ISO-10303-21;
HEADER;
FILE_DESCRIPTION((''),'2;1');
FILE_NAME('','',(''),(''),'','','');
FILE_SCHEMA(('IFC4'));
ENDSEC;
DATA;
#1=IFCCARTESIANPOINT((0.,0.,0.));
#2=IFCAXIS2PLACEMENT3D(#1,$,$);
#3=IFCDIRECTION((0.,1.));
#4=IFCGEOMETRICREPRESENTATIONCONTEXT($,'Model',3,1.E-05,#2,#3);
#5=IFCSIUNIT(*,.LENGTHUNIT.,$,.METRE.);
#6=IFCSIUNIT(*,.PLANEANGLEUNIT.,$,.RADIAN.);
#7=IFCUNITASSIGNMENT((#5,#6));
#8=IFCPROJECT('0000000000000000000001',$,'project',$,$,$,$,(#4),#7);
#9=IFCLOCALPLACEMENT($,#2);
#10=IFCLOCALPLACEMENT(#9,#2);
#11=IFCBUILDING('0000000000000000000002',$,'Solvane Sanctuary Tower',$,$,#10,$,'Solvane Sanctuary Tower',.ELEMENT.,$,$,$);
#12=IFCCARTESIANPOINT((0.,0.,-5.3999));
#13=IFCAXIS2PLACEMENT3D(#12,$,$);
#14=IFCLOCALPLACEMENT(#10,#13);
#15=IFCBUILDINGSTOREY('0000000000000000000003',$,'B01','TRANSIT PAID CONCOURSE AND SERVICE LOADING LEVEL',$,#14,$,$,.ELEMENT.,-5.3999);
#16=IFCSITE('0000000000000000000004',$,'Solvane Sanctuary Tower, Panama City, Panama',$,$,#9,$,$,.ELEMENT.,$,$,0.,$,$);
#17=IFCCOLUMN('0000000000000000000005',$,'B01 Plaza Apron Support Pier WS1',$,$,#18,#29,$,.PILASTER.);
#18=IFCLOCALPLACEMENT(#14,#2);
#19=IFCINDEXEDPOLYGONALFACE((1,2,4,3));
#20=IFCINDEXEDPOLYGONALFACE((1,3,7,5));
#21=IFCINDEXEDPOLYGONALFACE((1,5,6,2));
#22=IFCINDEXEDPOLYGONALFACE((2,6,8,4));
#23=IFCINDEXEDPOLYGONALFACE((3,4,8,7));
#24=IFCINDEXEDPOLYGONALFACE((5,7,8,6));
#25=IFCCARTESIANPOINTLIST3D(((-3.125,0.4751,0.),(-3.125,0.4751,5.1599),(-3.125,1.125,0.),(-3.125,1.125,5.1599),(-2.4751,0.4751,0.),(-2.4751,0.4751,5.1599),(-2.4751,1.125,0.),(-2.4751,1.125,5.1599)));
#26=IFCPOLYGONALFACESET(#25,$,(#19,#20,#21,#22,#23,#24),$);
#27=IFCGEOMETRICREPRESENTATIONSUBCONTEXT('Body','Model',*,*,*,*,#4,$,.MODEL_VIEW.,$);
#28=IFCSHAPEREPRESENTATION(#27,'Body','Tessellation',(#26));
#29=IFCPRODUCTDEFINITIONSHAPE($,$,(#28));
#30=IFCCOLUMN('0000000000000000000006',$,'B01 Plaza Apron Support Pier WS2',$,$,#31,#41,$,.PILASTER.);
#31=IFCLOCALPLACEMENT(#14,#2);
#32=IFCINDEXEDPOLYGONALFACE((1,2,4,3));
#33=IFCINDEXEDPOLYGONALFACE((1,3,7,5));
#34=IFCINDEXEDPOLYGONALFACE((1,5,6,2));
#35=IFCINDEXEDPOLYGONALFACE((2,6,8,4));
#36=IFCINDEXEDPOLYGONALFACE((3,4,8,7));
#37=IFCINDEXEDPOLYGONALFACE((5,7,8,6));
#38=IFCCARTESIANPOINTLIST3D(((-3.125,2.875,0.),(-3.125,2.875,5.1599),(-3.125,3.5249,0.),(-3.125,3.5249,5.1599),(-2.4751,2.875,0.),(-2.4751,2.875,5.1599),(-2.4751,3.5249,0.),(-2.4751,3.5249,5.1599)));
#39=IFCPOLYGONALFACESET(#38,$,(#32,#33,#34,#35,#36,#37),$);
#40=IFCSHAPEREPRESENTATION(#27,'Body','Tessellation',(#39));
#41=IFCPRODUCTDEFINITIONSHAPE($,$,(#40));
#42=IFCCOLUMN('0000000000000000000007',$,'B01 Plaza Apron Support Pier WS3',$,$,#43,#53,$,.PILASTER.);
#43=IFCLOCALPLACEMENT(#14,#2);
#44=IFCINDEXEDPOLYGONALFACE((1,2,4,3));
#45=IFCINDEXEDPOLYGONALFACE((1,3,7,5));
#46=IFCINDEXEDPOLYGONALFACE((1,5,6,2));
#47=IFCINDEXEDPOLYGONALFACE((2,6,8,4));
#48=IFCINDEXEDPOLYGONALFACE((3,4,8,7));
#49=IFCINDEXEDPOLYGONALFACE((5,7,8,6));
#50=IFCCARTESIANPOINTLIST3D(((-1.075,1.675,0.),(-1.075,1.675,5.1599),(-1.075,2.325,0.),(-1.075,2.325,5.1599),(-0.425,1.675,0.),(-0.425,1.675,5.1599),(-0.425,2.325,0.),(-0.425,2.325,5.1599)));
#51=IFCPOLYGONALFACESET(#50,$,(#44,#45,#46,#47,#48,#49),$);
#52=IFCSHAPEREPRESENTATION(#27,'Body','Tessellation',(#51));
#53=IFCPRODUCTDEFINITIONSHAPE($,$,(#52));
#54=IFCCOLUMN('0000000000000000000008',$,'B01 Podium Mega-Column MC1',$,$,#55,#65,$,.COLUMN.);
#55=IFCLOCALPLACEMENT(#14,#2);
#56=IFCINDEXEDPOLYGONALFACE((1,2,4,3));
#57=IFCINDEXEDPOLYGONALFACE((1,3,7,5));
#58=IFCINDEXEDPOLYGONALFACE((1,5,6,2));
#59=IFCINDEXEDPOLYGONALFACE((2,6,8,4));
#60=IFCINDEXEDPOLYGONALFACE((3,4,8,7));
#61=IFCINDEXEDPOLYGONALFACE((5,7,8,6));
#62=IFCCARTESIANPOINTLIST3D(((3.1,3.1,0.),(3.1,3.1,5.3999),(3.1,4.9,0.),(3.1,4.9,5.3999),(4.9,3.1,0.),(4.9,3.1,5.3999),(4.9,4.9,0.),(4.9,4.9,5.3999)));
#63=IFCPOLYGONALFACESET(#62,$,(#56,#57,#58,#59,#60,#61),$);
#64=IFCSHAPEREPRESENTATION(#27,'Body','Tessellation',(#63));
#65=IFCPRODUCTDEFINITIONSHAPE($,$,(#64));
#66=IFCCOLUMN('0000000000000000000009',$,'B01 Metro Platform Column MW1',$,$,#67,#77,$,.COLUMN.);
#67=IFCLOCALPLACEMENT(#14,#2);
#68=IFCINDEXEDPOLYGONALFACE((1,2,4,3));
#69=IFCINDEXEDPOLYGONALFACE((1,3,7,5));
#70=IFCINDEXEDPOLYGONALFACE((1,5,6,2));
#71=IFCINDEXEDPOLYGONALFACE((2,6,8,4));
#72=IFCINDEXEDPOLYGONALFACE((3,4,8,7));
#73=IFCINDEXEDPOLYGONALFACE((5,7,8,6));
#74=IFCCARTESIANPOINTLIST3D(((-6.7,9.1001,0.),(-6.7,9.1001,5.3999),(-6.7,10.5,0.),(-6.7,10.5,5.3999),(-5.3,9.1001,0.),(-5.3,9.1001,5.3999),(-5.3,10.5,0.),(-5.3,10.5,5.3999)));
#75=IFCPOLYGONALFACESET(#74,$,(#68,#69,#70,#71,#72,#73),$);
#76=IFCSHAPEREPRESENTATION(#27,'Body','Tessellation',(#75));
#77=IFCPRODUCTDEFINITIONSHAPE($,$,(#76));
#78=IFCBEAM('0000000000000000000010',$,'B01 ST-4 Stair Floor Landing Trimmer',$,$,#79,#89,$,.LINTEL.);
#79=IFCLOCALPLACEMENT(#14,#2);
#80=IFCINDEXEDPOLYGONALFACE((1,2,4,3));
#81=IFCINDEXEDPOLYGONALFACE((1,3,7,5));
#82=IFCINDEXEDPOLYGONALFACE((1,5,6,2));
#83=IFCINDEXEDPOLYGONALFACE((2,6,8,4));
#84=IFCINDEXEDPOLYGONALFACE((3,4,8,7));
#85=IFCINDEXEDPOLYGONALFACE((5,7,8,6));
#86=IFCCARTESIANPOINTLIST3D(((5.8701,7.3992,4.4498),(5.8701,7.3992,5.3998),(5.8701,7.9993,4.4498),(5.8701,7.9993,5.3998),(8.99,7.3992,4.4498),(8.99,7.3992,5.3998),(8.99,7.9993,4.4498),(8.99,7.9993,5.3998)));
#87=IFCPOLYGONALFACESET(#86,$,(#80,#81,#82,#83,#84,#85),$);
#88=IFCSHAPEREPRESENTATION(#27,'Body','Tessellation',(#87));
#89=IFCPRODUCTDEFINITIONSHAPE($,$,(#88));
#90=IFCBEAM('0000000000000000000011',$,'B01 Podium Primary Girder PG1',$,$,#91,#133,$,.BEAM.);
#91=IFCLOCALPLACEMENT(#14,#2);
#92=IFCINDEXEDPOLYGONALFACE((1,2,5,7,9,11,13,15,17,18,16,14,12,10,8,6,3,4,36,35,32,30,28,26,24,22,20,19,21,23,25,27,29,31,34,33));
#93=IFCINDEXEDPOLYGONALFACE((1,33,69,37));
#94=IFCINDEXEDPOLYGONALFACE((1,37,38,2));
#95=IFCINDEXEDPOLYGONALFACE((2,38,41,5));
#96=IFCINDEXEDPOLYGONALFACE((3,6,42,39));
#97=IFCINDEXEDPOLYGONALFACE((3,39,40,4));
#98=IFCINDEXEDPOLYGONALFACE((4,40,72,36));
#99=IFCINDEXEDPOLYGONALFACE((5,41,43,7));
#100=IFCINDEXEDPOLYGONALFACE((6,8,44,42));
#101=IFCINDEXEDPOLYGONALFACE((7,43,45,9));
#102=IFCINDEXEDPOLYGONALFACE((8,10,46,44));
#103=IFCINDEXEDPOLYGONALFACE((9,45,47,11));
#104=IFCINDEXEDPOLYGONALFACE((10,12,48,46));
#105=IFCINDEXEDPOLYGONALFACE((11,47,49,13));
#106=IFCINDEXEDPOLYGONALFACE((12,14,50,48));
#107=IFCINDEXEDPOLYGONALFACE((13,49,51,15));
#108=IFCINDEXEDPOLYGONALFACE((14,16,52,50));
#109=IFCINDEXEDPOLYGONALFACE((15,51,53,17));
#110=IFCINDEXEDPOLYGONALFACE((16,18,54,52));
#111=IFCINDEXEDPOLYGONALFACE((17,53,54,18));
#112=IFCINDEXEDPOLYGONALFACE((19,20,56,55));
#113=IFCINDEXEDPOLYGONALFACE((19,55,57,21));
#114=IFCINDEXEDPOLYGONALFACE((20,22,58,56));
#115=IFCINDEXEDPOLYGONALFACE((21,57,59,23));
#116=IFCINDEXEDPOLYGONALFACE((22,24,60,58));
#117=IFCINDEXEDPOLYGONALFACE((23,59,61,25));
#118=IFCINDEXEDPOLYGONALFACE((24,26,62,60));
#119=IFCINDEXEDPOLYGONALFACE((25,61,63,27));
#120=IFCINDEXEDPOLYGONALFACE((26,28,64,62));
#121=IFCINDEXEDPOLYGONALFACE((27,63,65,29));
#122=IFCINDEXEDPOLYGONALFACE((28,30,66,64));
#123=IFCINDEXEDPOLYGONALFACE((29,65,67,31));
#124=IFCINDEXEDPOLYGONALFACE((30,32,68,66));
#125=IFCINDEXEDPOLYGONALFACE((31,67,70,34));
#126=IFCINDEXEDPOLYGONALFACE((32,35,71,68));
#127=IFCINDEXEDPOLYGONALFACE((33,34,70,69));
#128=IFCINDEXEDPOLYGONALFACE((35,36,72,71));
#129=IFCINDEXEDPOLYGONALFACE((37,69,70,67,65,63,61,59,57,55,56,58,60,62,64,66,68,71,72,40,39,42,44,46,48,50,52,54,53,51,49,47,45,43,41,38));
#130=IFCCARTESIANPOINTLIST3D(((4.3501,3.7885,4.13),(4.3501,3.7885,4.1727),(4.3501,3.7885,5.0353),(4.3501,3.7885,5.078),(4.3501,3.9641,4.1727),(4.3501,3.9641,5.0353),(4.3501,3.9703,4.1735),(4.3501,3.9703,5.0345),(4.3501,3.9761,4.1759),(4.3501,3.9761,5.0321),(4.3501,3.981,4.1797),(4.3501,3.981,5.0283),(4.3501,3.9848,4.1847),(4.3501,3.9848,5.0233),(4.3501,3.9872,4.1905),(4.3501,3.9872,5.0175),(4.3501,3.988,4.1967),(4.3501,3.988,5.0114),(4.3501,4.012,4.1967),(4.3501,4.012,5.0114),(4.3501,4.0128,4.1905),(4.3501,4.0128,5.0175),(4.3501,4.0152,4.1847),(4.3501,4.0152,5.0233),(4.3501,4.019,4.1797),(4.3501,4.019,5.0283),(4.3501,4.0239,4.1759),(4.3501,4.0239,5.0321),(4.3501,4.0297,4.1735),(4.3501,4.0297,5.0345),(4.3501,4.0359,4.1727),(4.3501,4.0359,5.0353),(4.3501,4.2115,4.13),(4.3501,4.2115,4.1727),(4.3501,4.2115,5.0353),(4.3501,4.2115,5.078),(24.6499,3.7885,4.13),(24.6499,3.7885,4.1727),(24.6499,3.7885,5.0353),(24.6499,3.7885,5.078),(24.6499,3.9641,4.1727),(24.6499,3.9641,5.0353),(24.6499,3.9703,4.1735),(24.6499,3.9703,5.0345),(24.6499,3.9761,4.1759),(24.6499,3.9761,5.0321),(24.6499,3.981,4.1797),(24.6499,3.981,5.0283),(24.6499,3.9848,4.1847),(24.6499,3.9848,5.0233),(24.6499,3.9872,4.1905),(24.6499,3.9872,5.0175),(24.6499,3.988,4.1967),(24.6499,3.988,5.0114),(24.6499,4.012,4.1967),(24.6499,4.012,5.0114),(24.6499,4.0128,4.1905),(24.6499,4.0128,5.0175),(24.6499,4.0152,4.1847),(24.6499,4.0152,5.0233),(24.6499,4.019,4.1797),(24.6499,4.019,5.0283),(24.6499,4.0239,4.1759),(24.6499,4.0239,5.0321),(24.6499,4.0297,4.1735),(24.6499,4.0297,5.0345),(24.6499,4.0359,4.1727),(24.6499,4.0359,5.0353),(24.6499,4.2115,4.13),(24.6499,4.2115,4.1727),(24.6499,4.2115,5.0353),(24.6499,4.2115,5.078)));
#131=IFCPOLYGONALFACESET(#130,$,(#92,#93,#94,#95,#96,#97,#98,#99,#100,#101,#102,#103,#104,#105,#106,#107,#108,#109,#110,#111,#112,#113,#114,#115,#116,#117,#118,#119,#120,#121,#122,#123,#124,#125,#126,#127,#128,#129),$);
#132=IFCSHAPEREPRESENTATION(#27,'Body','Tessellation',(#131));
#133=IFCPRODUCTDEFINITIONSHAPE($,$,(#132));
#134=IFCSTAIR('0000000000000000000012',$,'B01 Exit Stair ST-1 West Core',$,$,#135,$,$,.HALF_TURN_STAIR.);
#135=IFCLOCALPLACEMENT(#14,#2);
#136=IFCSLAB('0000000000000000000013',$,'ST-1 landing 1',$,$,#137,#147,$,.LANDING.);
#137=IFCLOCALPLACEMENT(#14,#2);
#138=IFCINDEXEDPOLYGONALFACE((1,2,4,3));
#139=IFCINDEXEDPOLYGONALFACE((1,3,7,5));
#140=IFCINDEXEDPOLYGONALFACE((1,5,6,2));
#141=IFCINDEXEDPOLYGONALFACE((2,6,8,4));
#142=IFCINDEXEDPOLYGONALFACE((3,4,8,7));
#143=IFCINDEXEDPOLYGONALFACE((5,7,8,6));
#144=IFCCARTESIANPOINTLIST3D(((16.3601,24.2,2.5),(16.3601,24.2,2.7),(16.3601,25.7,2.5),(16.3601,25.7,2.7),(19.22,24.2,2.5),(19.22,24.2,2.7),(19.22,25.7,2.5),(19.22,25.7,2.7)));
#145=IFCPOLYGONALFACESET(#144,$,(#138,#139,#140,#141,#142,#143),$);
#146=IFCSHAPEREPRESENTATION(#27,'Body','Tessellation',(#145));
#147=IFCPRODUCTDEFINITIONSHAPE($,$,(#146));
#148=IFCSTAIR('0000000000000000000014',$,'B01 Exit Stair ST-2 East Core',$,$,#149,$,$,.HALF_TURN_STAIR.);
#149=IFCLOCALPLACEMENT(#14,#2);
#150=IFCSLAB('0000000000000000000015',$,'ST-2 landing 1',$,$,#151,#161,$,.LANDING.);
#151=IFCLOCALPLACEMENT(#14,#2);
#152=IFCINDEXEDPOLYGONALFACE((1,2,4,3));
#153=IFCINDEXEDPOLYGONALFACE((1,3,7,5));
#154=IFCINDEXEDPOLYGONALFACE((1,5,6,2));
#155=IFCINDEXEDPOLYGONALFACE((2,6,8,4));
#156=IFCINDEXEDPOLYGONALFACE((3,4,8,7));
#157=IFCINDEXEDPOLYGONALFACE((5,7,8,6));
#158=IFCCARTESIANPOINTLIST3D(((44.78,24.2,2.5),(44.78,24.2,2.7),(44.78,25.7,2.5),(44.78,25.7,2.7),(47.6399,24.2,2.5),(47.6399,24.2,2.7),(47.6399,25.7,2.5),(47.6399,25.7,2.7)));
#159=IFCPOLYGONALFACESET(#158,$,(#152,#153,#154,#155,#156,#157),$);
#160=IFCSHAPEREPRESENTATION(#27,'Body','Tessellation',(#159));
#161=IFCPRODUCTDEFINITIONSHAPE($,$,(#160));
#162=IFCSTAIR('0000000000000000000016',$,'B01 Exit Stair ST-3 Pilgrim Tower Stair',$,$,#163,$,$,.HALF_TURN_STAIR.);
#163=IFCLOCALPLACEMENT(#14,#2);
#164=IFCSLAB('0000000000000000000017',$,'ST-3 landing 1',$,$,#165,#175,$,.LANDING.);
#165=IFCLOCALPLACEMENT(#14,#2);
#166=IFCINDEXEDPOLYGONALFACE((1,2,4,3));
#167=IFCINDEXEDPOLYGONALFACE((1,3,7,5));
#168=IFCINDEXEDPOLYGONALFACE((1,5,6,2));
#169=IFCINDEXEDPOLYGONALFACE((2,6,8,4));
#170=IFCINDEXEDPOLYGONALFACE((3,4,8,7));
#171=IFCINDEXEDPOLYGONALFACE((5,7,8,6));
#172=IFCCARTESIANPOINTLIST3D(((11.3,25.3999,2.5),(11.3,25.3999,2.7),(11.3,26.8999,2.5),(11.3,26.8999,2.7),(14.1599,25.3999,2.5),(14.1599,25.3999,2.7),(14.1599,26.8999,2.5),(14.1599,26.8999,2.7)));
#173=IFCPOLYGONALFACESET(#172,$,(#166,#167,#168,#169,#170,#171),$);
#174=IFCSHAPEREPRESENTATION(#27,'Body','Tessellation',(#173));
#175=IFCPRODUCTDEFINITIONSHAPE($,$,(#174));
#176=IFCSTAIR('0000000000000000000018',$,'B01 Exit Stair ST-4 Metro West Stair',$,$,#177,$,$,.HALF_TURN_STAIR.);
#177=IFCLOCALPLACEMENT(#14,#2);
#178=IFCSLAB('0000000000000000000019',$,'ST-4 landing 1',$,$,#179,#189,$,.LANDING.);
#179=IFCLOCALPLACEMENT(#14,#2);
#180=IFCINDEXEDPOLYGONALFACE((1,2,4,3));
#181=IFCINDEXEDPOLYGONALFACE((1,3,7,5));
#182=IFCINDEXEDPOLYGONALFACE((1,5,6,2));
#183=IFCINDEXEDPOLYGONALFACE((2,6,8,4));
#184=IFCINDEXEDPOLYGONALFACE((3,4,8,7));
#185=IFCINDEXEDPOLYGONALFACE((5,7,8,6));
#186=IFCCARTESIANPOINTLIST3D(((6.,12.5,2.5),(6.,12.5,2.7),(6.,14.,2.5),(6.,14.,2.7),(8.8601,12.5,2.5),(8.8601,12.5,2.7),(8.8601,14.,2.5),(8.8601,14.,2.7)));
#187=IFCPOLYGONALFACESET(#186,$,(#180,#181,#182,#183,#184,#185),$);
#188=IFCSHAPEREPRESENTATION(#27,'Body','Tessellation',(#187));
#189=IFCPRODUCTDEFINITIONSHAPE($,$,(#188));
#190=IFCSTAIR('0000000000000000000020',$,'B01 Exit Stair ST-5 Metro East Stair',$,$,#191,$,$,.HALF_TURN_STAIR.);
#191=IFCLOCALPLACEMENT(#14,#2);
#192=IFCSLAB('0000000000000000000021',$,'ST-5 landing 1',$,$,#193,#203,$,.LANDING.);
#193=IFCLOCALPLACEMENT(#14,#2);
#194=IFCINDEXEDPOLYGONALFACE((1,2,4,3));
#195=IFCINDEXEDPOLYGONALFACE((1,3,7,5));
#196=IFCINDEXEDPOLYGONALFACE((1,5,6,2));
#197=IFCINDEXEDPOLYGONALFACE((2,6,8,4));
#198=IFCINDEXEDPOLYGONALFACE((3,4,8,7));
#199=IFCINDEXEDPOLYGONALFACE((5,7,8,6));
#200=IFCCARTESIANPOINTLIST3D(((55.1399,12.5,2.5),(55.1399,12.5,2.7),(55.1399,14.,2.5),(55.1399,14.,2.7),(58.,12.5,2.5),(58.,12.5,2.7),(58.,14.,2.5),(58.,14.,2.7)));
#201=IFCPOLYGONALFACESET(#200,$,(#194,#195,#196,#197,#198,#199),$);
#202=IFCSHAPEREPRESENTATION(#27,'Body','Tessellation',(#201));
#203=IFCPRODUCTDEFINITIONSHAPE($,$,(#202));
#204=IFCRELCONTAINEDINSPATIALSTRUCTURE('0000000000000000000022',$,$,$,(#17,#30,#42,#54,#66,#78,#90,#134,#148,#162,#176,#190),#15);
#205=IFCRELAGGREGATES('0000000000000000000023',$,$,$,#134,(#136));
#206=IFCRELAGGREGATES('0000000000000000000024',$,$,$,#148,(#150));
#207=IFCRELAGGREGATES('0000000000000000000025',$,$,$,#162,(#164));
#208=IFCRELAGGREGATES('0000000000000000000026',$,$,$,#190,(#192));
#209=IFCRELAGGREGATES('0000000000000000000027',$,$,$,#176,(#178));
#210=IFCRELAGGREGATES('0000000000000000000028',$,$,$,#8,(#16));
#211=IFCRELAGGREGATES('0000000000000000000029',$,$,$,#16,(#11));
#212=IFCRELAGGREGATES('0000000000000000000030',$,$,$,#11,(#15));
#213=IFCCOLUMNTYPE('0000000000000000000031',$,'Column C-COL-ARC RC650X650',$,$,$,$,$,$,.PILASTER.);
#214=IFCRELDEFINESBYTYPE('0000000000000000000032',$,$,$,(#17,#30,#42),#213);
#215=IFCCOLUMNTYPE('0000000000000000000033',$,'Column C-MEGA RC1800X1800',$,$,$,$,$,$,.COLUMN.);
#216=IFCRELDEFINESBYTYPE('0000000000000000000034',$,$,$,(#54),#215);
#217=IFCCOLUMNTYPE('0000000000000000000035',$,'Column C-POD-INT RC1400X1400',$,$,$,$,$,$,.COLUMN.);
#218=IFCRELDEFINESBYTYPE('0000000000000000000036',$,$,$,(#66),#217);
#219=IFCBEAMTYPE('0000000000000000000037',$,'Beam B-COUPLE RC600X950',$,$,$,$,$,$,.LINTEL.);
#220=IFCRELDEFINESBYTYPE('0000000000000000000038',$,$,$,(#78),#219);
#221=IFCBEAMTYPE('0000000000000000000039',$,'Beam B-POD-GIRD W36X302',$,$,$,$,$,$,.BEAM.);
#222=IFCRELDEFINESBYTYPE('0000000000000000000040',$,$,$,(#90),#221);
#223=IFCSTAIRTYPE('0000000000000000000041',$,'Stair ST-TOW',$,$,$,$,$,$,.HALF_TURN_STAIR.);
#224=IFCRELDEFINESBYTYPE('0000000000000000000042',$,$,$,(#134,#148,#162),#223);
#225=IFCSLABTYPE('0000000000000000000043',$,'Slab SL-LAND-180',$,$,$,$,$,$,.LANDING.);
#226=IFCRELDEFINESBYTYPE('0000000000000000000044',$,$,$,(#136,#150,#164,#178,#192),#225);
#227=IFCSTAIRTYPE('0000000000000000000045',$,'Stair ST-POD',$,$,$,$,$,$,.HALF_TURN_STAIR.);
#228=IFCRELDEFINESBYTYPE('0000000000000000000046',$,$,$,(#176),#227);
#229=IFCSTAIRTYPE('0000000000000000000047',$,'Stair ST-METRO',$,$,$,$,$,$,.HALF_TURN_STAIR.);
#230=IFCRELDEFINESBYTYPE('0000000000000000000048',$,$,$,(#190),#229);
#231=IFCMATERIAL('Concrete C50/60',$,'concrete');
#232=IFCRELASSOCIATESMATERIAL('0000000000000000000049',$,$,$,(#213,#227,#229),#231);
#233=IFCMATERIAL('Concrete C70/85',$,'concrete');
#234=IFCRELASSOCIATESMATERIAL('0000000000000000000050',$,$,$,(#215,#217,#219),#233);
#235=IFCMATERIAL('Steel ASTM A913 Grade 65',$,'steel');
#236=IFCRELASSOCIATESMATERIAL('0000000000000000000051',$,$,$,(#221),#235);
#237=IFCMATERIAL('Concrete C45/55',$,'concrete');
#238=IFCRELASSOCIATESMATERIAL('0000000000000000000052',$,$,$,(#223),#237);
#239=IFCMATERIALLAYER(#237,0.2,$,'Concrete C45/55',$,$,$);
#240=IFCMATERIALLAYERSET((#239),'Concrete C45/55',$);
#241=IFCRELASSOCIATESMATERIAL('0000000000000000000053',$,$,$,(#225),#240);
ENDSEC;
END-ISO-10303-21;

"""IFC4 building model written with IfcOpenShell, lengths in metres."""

from ifc_helpers import new_model, si_unit, direction, frame, origin, origin_2d, place, context, subcontext, project, spatial, polyline, rectangle, i_section, outline, extrude, material, layer, layer_set, material_profile, profile_set, type_object, element, aggregate, save


model = new_model("IFC4")

# Units and contexts
model_context = context("Model", 3, precision=1e-05, world=origin(), true_north=direction((0.0, 1.0)))
body_context = subcontext(model_context, "Body", "Model", "MODEL_VIEW")
ifc_project = project(units=[si_unit("LENGTHUNIT", "METRE"), si_unit("PLANEANGLEUNIT", "RADIAN")], contexts=[model_context])

# Site, building, storey
site_placement = place(None, origin())
site = spatial("IfcSite", under=ifc_project, at=site_placement, Name="Solvane Sanctuary Tower, Panama City, Panama", CompositionType="ELEMENT", RefElevation=0.0)
building_placement = place(site_placement, origin())
building = spatial("IfcBuilding", under=site, at=building_placement, Name="Solvane Sanctuary Tower", LongName="Solvane Sanctuary Tower", CompositionType="ELEMENT")
storey_placement = place(building_placement, frame((0.0, 0.0, -5.3999)))
storey = spatial("IfcBuildingStorey", under=building, at=storey_placement, Name="B01", Description="TRANSIT PAID CONCOURSE AND SERVICE LOADING LEVEL", CompositionType="ELEMENT", Elevation=-5.3999)

# Columns
ifc_material_1 = material(Name="Concrete C50/60", Category="concrete")
ifc_material_profile_1 = material_profile(ifc_material_1, rectangle(XDim=0.6499, YDim=0.6499, at=origin_2d()), Name="RC650X650")
ifc_profile_set_1 = profile_set([ifc_material_profile_1], Name="Concrete C50/60")
column_type_1 = type_object("IfcColumnType", Name="Column C-COL-ARC RC650X650", PredefinedType="PILASTER", material=ifc_profile_set_1)
for number, where, z_axis, x_axis, name in (
    (1, (-2.8, 0.8, 0.0), (0.0, 0.0, 1.0), (1.0, 0.0, 0.0), "B01 Plaza Apron Support Pier WS1"),
    (2, (-2.8, 3.2, 0.0), (0.0, 0.0, 1.0), (1.0, 0.0, 0.0), "B01 Plaza Apron Support Pier WS2"),
    (3, (-0.75, 2.0, 0.0), (0.0, 0.0, 1.0), (1.0, 0.0, 0.0), "B01 Plaza Apron Support Pier WS3"),
):
    element("IfcColumn", number, at=place(storey_placement, frame(where, z_axis=z_axis, x_axis=x_axis)), inside=storey, type_object=column_type_1, Name=name, PredefinedType="PILASTER", context=body_context, shape_type="SweptSolid", body=[
        extrude(rectangle(XDim=0.6499, YDim=0.6499, at=origin_2d()), origin(), (0.0, 0.0, 1.0), 5.1599),
    ])
ifc_material_2 = material(Name="Concrete C70/85", Category="concrete")
ifc_material_profile_2 = material_profile(ifc_material_2, rectangle(XDim=1.8, YDim=1.8, at=origin_2d()), Name="RC1800X1800")
ifc_profile_set_2 = profile_set([ifc_material_profile_2], Name="Concrete C70/85")
column_type_2 = type_object("IfcColumnType", Name="Column C-MEGA RC1800X1800", PredefinedType="COLUMN", material=ifc_profile_set_2)
column_1_placement = place(storey_placement, frame((4.0, 4.0, 0.0), z_axis=(0.0, 0.0, 1.0), x_axis=(1.0, 0.0, 0.0)))
element("IfcColumn", 4, at=column_1_placement, inside=storey, type_object=column_type_2, Name="B01 Podium Mega-Column MC1", PredefinedType="COLUMN", context=body_context, shape_type="SweptSolid", body=[
    extrude(rectangle(XDim=1.8, YDim=1.8, at=origin_2d()), origin(), (0.0, 0.0, 1.0), 5.3999),
])
ifc_material_profile_3 = material_profile(ifc_material_2, rectangle(XDim=1.3999, YDim=1.3999, at=origin_2d()), Name="RC1400X1400")
ifc_profile_set_3 = profile_set([ifc_material_profile_3], Name="Concrete C70/85")
column_type_3 = type_object("IfcColumnType", Name="Column C-POD-INT RC1400X1400", PredefinedType="COLUMN", material=ifc_profile_set_3)
column_2_placement = place(storey_placement, frame((-6.0, 9.8, 0.0), z_axis=(0.0, 0.0, 1.0), x_axis=(1.0, 0.0, 0.0)))
element("IfcColumn", 5, at=column_2_placement, inside=storey, type_object=column_type_3, Name="B01 Metro Platform Column MW1", PredefinedType="COLUMN", context=body_context, shape_type="SweptSolid", body=[
    extrude(rectangle(XDim=1.3999, YDim=1.3999, at=origin_2d()), origin(), (0.0, 0.0, 1.0), 5.3999),
])

# Beams
ifc_material_profile_4 = material_profile(ifc_material_2, rectangle(XDim=0.6001, YDim=0.95, at=origin_2d()), Name="RC600X950")
ifc_profile_set_4 = profile_set([ifc_material_profile_4], Name="Concrete C70/85")
beam_type_1 = type_object("IfcBeamType", Name="Beam B-COUPLE RC600X950", PredefinedType="LINTEL", material=ifc_profile_set_4)
beam_1_placement = place(storey_placement, frame((5.8701, 7.6992, 4.9248), z_axis=(1.0, 0.0, 0.0), x_axis=(0.0, 1.0, 0.0)))
element("IfcBeam", 6, at=beam_1_placement, inside=storey, type_object=beam_type_1, Name="B01 ST-4 Stair Floor Landing Trimmer", PredefinedType="LINTEL", context=body_context, shape_type="SweptSolid", body=[
    extrude(rectangle(XDim=0.6001, YDim=0.95, at=origin_2d()), origin(), (0.0, 0.0, 1.0), 3.1199),
])
ifc_material_3 = material(Name="Steel ASTM A913 Grade 65", Category="steel")
ifc_material_profile_5 = material_profile(ifc_material_3, i_section(OverallWidth=0.4231, OverallDepth=0.948, WebThickness=0.0239, FlangeThickness=0.0427, FilletRadius=0.0239, at=origin_2d()), Name="W36X302")
ifc_profile_set_5 = profile_set([ifc_material_profile_5], Name="Steel ASTM A913 Grade 65")
beam_type_2 = type_object("IfcBeamType", Name="Beam B-POD-GIRD W36X302", PredefinedType="BEAM", material=ifc_profile_set_5)
beam_2_placement = place(storey_placement, frame((4.3501, 4.0, 4.604), z_axis=(1.0, 0.0, 0.0), x_axis=(0.0, 1.0, 0.0)))
element("IfcBeam", 7, at=beam_2_placement, inside=storey, type_object=beam_type_2, Name="B01 Podium Primary Girder PG1", PredefinedType="BEAM", context=body_context, shape_type="SweptSolid", body=[
    extrude(i_section(OverallWidth=0.4231, OverallDepth=0.948, WebThickness=0.0239, FlangeThickness=0.0427, FilletRadius=0.0239, at=origin_2d()), origin(), (0.0, 0.0, 1.0), 20.2998),
])

# Stairs, slabs
ifc_material_4 = material(Name="Concrete C45/55", Category="concrete")
stair_type_1 = type_object("IfcStairType", Name="Stair ST-TOW", PredefinedType="HALF_TURN_STAIR", material=ifc_material_4)
stair_1_placement = place(storey_placement, origin())
stair_1 = element("IfcStair", 8, at=stair_1_placement, inside=storey, type_object=stair_type_1, Name="B01 Exit Stair ST-1 West Core", PredefinedType="HALF_TURN_STAIR")
ifc_layer_1 = layer(ifc_material_4, 0.2, Name="Concrete C45/55")
ifc_layer_set_1 = layer_set([ifc_layer_1], Name="Concrete C45/55")
slab_type_1 = type_object("IfcSlabType", Name="Slab SL-LAND-180", PredefinedType="LANDING", material=ifc_layer_set_1)
slab_1_placement = place(storey_placement, frame((0.0, 0.0, 2.5)))
slab_1 = element("IfcSlab", 9, at=slab_1_placement, type_object=slab_type_1, Name="ST-1 landing 1", PredefinedType="LANDING", context=body_context, shape_type="SweptSolid", body=[
    extrude(outline(polyline([(19.22, 24.2), (19.22, 25.7), (16.3601, 25.7), (16.3601, 24.2), (19.22, 24.2)])), origin(), (0.0, 0.0, 1.0), 0.2),
])
aggregate(stair_1, [slab_1])
stair_2_placement = place(storey_placement, origin())
stair_2 = element("IfcStair", 10, at=stair_2_placement, inside=storey, type_object=stair_type_1, Name="B01 Exit Stair ST-2 East Core", PredefinedType="HALF_TURN_STAIR")
slab_2_placement = place(storey_placement, frame((0.0, 0.0, 2.5)))
slab_2 = element("IfcSlab", 11, at=slab_2_placement, type_object=slab_type_1, Name="ST-2 landing 1", PredefinedType="LANDING", context=body_context, shape_type="SweptSolid", body=[
    extrude(outline(polyline([(47.6399, 24.2), (47.6399, 25.7), (44.78, 25.7), (44.78, 24.2), (47.6399, 24.2)])), origin(), (0.0, 0.0, 1.0), 0.2),
])
aggregate(stair_2, [slab_2])
stair_3_placement = place(storey_placement, origin())
stair_3 = element("IfcStair", 12, at=stair_3_placement, inside=storey, type_object=stair_type_1, Name="B01 Exit Stair ST-3 Pilgrim Tower Stair", PredefinedType="HALF_TURN_STAIR")
slab_3_placement = place(storey_placement, frame((0.0, 0.0, 2.5)))
slab_3 = element("IfcSlab", 13, at=slab_3_placement, type_object=slab_type_1, Name="ST-3 landing 1", PredefinedType="LANDING", context=body_context, shape_type="SweptSolid", body=[
    extrude(outline(polyline([(14.1599, 25.3999), (14.1599, 26.8999), (11.3, 26.8999), (11.3, 25.3999), (14.1599, 25.3999)])), origin(), (0.0, 0.0, 1.0), 0.2),
])
aggregate(stair_3, [slab_3])
stair_type_2 = type_object("IfcStairType", Name="Stair ST-POD", PredefinedType="HALF_TURN_STAIR", material=ifc_material_1)
stair_4_placement = place(storey_placement, origin())
stair_4 = element("IfcStair", 14, at=stair_4_placement, inside=storey, type_object=stair_type_2, Name="B01 Exit Stair ST-4 Metro West Stair", PredefinedType="HALF_TURN_STAIR")
slab_4_placement = place(storey_placement, frame((0.0, 0.0, 2.5)))
slab_4 = element("IfcSlab", 15, at=slab_4_placement, type_object=slab_type_1, Name="ST-4 landing 1", PredefinedType="LANDING", context=body_context, shape_type="SweptSolid", body=[
    extrude(outline(polyline([(8.8601, 12.5), (8.8601, 14.0), (6.0, 14.0), (6.0, 12.5), (8.8601, 12.5)])), origin(), (0.0, 0.0, 1.0), 0.2),
])
stair_type_3 = type_object("IfcStairType", Name="Stair ST-METRO", PredefinedType="HALF_TURN_STAIR", material=ifc_material_1)
stair_5_placement = place(storey_placement, origin())
stair_5 = element("IfcStair", 16, at=stair_5_placement, inside=storey, type_object=stair_type_3, Name="B01 Exit Stair ST-5 Metro East Stair", PredefinedType="HALF_TURN_STAIR")
slab_5_placement = place(storey_placement, frame((0.0, 0.0, 2.5)))
slab_5 = element("IfcSlab", 17, at=slab_5_placement, type_object=slab_type_1, Name="ST-5 landing 1", PredefinedType="LANDING", context=body_context, shape_type="SweptSolid", body=[
    extrude(outline(polyline([(58.0, 12.5), (58.0, 14.0), (55.1399, 14.0), (55.1399, 12.5), (58.0, 12.5)])), origin(), (0.0, 0.0, 1.0), 0.2),
])
aggregate(stair_5, [slab_5])

aggregate(stair_4, [slab_4])

save(model, "model.ifc")
